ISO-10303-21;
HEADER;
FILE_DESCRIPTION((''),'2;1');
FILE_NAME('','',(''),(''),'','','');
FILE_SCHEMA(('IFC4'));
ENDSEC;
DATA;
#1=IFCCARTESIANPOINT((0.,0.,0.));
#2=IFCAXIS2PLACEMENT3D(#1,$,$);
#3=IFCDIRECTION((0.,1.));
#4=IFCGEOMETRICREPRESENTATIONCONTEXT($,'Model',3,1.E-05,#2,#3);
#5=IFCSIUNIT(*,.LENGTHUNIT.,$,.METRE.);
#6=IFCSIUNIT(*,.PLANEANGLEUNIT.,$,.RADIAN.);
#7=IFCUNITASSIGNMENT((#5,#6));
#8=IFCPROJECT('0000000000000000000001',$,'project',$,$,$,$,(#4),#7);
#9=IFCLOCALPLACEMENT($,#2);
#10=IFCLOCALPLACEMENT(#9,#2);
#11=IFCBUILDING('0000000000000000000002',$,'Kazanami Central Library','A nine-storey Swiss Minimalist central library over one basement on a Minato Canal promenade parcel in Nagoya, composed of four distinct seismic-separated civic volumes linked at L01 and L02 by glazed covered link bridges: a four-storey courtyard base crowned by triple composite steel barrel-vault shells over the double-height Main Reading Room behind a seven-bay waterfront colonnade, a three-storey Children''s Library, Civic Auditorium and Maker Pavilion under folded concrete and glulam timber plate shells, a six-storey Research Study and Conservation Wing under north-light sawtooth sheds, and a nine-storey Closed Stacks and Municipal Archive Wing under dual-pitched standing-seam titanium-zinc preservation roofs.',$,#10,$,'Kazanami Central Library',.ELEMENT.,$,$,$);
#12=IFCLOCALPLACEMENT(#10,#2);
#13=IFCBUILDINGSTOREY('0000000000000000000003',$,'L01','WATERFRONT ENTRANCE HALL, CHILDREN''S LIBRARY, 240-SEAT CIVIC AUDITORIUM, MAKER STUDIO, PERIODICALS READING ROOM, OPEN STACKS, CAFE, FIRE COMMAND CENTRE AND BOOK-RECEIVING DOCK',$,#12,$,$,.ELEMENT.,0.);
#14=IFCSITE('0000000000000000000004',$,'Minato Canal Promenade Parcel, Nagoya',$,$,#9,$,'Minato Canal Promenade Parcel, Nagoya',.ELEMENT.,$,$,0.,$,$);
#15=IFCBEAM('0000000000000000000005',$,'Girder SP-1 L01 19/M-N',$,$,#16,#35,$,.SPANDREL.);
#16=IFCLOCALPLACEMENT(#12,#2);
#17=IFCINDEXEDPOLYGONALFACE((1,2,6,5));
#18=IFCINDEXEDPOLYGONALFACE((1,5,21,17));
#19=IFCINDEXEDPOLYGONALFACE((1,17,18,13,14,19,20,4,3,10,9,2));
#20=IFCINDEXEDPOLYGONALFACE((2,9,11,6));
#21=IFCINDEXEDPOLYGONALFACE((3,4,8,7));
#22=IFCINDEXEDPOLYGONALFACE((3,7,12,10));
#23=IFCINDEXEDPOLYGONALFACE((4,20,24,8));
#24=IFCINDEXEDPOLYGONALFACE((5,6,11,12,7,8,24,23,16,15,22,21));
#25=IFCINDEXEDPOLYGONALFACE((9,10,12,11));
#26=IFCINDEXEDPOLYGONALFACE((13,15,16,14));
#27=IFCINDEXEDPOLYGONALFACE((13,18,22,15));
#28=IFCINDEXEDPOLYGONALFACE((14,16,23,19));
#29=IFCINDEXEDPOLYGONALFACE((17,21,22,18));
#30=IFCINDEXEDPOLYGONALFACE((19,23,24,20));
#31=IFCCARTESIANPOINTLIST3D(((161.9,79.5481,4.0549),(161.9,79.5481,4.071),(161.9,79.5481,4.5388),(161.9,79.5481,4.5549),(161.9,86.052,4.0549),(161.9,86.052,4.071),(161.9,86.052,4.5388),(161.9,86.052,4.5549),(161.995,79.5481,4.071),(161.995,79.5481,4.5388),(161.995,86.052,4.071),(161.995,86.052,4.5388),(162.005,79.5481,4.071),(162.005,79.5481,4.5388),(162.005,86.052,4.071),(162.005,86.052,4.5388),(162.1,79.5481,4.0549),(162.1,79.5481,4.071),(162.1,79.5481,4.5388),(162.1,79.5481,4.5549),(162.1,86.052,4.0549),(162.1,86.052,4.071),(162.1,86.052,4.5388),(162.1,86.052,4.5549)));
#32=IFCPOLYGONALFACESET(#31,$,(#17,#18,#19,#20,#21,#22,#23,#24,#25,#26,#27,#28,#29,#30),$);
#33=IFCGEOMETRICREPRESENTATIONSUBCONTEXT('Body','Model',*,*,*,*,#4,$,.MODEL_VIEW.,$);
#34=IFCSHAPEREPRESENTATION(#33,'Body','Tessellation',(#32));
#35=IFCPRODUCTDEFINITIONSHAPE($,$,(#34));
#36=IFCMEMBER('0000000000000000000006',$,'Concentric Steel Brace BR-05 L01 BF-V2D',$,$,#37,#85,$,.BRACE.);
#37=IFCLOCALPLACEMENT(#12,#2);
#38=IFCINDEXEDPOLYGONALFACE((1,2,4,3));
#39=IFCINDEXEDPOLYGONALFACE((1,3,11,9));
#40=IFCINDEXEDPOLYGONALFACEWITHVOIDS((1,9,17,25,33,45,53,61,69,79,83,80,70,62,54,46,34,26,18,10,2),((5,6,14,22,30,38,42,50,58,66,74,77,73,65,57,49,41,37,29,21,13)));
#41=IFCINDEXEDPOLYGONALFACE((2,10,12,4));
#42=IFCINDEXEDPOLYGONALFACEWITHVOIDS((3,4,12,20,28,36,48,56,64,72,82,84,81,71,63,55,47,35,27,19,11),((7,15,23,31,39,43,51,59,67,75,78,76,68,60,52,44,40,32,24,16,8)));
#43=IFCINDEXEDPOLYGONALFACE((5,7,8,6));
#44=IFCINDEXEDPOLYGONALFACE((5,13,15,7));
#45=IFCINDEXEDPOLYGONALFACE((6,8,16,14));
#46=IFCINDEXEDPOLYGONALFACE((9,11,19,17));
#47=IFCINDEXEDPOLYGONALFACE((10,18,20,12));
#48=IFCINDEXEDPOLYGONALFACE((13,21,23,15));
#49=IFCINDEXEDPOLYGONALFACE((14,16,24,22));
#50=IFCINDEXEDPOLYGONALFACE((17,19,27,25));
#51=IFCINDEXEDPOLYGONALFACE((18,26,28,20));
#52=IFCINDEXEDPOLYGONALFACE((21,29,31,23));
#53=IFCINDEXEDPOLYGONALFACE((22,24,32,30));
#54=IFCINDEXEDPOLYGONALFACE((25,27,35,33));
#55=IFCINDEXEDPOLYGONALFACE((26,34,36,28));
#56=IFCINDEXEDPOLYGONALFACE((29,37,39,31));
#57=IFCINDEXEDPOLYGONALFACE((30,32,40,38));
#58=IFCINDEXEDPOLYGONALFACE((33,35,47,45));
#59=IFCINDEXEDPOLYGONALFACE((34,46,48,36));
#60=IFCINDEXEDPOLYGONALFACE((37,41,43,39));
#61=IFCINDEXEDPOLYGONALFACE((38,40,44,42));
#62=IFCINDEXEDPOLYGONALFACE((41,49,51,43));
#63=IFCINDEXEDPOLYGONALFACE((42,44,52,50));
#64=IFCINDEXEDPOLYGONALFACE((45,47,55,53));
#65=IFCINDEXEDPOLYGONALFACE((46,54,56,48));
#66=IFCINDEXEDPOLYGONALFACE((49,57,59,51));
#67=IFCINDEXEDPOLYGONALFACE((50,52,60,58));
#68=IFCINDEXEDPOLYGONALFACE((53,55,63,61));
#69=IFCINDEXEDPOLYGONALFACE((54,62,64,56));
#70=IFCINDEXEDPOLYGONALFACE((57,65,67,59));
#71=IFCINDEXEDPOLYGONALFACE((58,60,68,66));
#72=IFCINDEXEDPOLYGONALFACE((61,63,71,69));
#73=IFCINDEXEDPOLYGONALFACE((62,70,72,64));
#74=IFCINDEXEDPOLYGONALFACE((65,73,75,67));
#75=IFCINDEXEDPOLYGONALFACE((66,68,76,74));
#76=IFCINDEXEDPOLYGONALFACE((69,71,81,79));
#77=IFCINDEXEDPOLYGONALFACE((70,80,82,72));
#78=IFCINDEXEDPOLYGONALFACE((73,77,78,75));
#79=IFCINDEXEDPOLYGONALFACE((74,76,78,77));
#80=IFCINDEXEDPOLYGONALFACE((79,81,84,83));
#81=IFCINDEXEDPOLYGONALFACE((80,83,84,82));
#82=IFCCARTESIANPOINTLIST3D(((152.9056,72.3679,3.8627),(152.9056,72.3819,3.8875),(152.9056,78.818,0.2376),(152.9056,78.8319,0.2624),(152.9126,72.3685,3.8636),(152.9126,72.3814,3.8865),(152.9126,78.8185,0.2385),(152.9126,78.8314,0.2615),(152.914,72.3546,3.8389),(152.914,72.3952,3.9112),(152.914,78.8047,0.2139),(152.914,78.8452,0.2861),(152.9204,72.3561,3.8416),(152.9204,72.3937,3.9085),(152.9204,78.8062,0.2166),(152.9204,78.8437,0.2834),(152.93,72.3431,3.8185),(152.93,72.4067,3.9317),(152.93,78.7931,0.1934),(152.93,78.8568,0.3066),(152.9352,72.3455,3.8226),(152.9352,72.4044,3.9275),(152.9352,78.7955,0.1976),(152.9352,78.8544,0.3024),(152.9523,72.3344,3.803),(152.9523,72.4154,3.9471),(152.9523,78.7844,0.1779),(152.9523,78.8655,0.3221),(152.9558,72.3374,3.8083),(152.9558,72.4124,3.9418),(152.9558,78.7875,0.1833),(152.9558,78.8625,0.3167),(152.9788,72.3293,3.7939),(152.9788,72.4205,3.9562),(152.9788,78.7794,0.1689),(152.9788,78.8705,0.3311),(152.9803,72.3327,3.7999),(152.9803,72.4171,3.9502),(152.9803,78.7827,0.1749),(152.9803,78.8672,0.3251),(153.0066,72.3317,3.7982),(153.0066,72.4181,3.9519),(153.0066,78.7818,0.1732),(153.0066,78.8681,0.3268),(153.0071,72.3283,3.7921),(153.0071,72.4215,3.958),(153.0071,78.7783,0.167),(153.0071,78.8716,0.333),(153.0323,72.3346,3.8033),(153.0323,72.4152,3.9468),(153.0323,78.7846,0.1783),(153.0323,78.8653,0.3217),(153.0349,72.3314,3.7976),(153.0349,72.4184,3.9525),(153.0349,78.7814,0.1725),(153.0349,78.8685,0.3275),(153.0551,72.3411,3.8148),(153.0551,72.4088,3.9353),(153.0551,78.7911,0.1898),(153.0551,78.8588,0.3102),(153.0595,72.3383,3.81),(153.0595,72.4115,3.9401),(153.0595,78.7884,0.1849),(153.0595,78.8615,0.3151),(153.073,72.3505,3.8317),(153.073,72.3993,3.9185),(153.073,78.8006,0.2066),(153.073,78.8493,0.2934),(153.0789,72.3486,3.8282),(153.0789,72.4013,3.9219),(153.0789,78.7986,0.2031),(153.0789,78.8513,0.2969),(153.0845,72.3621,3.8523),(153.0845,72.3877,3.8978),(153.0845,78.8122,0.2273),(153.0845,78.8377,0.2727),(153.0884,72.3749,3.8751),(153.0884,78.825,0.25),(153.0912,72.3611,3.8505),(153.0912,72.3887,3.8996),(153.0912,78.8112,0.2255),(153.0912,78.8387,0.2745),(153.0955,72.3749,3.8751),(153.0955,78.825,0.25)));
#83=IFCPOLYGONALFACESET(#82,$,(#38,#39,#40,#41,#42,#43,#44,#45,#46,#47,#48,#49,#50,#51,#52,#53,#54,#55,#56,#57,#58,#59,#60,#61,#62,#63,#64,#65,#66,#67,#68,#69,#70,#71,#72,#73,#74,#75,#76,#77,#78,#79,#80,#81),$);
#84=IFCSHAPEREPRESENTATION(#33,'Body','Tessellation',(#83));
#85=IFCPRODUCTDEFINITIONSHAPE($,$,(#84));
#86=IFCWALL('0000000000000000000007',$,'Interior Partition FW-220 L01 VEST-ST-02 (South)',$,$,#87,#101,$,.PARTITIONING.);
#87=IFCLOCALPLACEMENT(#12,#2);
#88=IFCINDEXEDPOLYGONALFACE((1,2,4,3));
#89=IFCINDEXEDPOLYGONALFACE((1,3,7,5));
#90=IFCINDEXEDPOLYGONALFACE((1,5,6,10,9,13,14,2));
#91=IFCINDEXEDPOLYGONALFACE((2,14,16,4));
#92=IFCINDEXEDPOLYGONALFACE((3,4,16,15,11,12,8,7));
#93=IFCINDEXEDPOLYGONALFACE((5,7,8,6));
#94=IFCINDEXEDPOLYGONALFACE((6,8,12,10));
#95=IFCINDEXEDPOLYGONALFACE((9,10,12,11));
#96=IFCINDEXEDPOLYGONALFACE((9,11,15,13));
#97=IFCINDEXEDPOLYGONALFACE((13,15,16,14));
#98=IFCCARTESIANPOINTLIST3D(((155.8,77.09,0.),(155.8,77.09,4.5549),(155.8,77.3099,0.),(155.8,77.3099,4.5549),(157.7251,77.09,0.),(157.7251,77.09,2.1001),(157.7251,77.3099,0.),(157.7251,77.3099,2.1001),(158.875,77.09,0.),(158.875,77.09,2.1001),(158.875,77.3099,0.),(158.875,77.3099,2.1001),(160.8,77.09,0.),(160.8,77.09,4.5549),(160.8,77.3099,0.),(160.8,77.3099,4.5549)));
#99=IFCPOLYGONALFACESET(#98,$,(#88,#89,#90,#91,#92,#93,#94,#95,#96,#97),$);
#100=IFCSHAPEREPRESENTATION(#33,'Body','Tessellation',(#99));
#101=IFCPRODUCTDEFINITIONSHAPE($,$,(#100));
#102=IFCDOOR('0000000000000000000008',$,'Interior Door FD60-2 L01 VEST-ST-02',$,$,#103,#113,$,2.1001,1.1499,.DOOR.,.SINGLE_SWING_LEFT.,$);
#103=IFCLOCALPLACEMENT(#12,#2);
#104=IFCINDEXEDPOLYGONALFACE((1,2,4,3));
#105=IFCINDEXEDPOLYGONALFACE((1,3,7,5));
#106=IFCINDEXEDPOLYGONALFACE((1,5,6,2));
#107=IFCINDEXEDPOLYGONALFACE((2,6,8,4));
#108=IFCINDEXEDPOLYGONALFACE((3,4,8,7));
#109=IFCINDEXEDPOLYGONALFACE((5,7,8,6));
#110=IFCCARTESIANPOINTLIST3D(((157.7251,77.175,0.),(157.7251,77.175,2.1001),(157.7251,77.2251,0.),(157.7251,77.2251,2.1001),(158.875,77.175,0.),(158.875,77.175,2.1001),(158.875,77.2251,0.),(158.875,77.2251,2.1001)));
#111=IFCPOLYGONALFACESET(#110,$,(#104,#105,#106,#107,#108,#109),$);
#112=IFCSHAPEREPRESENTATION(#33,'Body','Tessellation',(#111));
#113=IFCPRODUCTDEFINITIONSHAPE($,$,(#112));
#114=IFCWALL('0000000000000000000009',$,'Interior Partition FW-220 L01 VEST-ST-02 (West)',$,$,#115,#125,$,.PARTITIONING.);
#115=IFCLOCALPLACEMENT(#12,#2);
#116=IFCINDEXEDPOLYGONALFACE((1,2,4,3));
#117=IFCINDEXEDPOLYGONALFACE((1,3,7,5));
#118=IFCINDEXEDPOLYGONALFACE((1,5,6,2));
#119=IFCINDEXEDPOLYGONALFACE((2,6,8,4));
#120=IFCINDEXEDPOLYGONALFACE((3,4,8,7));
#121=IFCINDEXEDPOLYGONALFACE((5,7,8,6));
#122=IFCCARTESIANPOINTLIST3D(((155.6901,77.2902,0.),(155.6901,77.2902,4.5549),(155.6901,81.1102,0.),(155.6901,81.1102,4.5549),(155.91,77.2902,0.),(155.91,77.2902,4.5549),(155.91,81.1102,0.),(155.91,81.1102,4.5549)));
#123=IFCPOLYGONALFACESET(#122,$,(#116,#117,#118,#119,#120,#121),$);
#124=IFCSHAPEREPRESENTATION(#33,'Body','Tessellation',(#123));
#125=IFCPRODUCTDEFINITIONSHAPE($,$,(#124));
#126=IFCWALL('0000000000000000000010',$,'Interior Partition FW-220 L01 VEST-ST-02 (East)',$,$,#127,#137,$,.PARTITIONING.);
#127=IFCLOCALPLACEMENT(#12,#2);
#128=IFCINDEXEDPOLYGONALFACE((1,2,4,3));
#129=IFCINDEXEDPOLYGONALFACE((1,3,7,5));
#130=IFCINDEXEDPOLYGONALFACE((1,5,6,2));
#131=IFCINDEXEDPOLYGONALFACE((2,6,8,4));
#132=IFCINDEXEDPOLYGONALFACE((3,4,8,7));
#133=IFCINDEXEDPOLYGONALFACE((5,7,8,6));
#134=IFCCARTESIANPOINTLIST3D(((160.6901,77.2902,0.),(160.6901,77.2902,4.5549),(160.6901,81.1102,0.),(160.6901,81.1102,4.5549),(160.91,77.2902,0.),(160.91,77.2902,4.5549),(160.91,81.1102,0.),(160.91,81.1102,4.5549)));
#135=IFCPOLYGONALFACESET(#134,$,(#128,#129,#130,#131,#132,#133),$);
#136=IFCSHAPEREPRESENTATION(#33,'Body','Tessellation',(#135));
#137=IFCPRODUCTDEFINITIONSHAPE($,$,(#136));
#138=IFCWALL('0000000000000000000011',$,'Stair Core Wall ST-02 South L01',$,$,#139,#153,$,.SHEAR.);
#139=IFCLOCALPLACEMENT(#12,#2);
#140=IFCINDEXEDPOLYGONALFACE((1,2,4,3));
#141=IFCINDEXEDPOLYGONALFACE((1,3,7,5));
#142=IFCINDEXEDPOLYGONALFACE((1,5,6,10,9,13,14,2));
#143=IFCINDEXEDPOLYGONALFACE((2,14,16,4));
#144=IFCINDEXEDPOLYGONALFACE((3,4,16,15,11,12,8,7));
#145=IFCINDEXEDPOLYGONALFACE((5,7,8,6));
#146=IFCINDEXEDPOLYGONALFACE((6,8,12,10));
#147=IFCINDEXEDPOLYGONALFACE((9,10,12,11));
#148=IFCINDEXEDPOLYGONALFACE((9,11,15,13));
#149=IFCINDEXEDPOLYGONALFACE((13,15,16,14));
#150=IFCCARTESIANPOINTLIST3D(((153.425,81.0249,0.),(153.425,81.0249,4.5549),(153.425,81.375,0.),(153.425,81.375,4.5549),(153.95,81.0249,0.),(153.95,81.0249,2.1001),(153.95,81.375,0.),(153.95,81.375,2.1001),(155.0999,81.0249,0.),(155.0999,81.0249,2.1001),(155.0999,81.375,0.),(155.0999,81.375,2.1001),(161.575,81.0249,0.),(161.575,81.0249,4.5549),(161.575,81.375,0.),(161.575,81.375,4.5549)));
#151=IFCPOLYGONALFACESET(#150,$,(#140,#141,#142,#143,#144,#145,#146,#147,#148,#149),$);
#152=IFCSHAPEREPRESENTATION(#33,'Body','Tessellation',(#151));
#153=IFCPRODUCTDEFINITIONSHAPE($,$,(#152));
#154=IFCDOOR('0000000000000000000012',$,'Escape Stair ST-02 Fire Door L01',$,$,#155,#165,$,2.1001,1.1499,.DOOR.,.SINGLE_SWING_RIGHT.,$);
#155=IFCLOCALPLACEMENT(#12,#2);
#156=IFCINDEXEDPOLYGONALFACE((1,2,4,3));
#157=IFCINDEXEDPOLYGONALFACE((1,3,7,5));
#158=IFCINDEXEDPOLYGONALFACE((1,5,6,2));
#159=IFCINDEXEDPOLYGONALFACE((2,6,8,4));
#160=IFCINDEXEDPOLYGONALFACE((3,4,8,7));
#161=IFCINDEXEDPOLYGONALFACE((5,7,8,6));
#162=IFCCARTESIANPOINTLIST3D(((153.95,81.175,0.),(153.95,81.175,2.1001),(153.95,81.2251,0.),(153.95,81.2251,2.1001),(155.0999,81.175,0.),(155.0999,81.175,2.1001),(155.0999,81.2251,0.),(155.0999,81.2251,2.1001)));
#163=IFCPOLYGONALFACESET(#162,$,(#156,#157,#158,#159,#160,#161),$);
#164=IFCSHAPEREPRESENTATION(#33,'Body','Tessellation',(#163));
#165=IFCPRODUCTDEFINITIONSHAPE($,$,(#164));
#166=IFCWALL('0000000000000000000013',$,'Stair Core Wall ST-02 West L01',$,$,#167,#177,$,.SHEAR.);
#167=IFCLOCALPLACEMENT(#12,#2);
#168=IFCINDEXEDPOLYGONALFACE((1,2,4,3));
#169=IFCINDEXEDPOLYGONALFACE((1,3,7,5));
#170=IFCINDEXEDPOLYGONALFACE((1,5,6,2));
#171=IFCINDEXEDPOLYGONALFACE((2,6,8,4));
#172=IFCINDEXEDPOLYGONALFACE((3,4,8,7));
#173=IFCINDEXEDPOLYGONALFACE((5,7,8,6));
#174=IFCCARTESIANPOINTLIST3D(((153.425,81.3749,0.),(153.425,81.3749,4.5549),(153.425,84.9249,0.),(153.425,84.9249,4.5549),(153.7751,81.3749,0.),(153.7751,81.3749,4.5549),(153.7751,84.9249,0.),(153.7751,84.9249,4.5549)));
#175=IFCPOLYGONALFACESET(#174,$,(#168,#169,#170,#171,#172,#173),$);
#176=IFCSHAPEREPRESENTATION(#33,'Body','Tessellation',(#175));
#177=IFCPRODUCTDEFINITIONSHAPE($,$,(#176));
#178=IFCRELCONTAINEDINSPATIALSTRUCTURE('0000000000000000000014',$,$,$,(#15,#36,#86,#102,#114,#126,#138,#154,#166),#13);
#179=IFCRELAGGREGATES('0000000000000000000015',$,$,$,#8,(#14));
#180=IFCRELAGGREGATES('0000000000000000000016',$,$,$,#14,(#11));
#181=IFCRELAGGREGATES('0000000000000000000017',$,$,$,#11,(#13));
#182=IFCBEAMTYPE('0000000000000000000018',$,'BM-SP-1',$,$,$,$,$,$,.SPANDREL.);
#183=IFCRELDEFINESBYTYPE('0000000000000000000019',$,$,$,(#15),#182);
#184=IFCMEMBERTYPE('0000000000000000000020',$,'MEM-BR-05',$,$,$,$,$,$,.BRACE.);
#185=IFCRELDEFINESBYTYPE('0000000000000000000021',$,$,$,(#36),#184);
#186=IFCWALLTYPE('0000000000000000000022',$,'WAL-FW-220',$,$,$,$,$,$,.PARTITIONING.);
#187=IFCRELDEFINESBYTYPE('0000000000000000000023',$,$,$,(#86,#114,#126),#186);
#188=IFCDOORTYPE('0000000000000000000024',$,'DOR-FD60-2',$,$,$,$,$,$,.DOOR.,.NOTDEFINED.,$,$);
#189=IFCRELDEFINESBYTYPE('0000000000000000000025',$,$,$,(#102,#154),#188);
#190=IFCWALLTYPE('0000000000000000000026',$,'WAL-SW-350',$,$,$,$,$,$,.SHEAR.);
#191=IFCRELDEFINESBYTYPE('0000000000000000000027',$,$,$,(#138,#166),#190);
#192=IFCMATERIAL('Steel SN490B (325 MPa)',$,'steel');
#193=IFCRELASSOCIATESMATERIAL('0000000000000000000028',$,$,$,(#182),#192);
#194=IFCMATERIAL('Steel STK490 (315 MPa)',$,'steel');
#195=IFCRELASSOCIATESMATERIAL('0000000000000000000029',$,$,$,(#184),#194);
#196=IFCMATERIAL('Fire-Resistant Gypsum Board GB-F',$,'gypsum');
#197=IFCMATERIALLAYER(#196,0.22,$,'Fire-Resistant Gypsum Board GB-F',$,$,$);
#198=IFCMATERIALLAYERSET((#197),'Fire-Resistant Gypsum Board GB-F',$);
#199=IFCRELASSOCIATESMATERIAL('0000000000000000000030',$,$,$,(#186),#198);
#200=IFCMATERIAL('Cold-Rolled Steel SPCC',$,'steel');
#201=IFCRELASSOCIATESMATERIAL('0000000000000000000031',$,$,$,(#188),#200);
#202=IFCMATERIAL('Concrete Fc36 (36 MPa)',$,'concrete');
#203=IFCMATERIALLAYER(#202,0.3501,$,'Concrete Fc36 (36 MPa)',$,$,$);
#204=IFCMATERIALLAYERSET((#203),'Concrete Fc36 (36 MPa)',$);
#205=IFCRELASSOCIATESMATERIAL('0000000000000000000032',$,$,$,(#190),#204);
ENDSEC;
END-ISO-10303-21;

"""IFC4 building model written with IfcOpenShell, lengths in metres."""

from ifc_helpers import new_model, si_unit, direction, frame, frame_2d, origin, origin_2d, place, context, subcontext, project, spatial, rectangle, hollow_circle, i_section, extrude, material, layer, layer_set, material_profile, profile_set, type_object, element, fill, save


model = new_model("IFC4")

# Units and contexts
model_context = context("Model", 3, precision=1e-05, world=origin(), true_north=direction((0.0, 1.0)))
body_context = subcontext(model_context, "Body", "Model", "MODEL_VIEW")
ifc_project = project(units=[si_unit("LENGTHUNIT", "METRE"), si_unit("PLANEANGLEUNIT", "RADIAN")], contexts=[model_context])

# Site, building, storey
site_placement = place(None, origin())
site = spatial("IfcSite", under=ifc_project, at=site_placement, Name="Minato Canal Promenade Parcel, Nagoya", LongName="Minato Canal Promenade Parcel, Nagoya", CompositionType="ELEMENT", RefElevation=0.0)
building_placement = place(site_placement, origin())
building = spatial("IfcBuilding", under=site, at=building_placement, Name="Kazanami Central Library", Description="A nine-storey Swiss Minimalist central library over one basement on a Minato Canal promenade parcel in Nagoya, composed of four distinct seismic-separated civic volumes linked at L01 and L02 by glazed covered link bridges: a four-storey courtyard base crowned by triple composite steel barrel-vault shells over the double-height Main Reading Room behind a seven-bay waterfront colonnade, a three-storey Children's Library, Civic Auditorium and Maker Pavilion under folded concrete and glulam timber plate shells, a six-storey Research Study and Conservation Wing under north-light sawtooth sheds, and a nine-storey Closed Stacks and Municipal Archive Wing under dual-pitched standing-seam titanium-zinc preservation roofs.", LongName="Kazanami Central Library", CompositionType="ELEMENT")
storey_placement = place(building_placement, origin())
storey = spatial("IfcBuildingStorey", under=building, at=storey_placement, Name="L01", Description="WATERFRONT ENTRANCE HALL, CHILDREN'S LIBRARY, 240-SEAT CIVIC AUDITORIUM, MAKER STUDIO, PERIODICALS READING ROOM, OPEN STACKS, CAFE, FIRE COMMAND CENTRE AND BOOK-RECEIVING DOCK", CompositionType="ELEMENT", Elevation=0.0)

# Beam
ifc_material_1 = material(Name="Steel SN490B (325 MPa)", Category="steel")
ifc_material_profile_1 = material_profile(ifc_material_1, i_section(OverallWidth=0.2, OverallDepth=0.5, WebThickness=0.01, FlangeThickness=0.0161, at=origin_2d()), Name="H-500x200x10x16")
ifc_profile_set_1 = profile_set([ifc_material_profile_1], Name="Steel SN490B (325 MPa)")
beam_type_1 = type_object("IfcBeamType", Name="BM-SP-1", PredefinedType="SPANDREL", material=ifc_profile_set_1)
beam_1_placement = place(storey_placement, frame((162.0, 79.5481, 4.3049), z_axis=(0.0, 1.0, 0.0), x_axis=(-1.0, 0.0, 0.0)))
element("IfcBeam", 1, at=beam_1_placement, inside=storey, type_object=beam_type_1, Name="Girder SP-1 L01 19/M-N", PredefinedType="SPANDREL", context=body_context, shape_type="SweptSolid", body=[
    extrude(i_section(OverallWidth=0.2, OverallDepth=0.5, WebThickness=0.01, FlangeThickness=0.0161, at=origin_2d()), origin(), (0.0, 0.0, 1.0), 6.5039),
])

# Member
ifc_material_2 = material(Name="Steel STK490 (315 MPa)", Category="steel")
ifc_material_profile_2 = material_profile(ifc_material_2, hollow_circle(Radius=0.0955, WallThickness=0.0071, at=origin_2d()), Name="CHS-190.7x7.0")
ifc_profile_set_2 = profile_set([ifc_material_profile_2], Name="Steel STK490 (315 MPa)")
member_type = type_object("IfcMemberType", Name="MEM-BR-05", PredefinedType="BRACE", material=ifc_profile_set_2)
member_placement = place(storey_placement, frame((153.0, 78.825, 0.25), z_axis=(0.0, -0.871754, 0.489943), x_axis=(1.0, 0.0, 0.0)))
element("IfcMember", 2, at=member_placement, inside=storey, type_object=member_type, Name="Concentric Steel Brace BR-05 L01 BF-V2D", PredefinedType="BRACE", context=body_context, shape_type="SweptSolid", body=[
    extrude(hollow_circle(Radius=0.0955, WallThickness=0.0071, at=origin_2d()), origin(), (0.0, 0.0, 1.0), 7.3989),
])

# Wall, opening, door
ifc_material_3 = material(Name="Concrete Fc36 (36 MPa)", Category="concrete")
ifc_material_4 = material(Name="Fire-Resistant Gypsum Board GB-F", Category="gypsum")
ifc_layer_1 = layer(ifc_material_4, 0.22, Name="Fire-Resistant Gypsum Board GB-F")
ifc_layer_set_1 = layer_set([ifc_layer_1], Name="Fire-Resistant Gypsum Board GB-F")
wall_type_1 = type_object("IfcWallType", Name="WAL-FW-220", PredefinedType="PARTITIONING", material=ifc_layer_set_1)
wall_1_placement = place(storey_placement, frame((155.8, 77.2, 0.0), z_axis=(0.0, 0.0, 1.0), x_axis=(1.0, 0.0, 0.0)))
wall_1 = element("IfcWall", 3, at=wall_1_placement, inside=storey, type_object=wall_type_1, Name="Interior Partition FW-220 L01 VEST-ST-02 (South)", PredefinedType="PARTITIONING", context=body_context, shape_type="SweptSolid", body=[
    extrude(rectangle(XDim=5.0, YDim=0.22, at=frame_2d((2.5, 0.0))), origin(), (0.0, 0.0, 1.0), 4.5549),
])
opening_1_placement = place(wall_1_placement, frame((1.925, 0.0, 0.0)))
opening_1 = element("IfcOpeningElement", 4, at=opening_1_placement, cuts=wall_1, PredefinedType="OPENING", context=body_context, shape_type="SweptSolid", body=[
    extrude(rectangle(XDim=1.1499, YDim=2.1001, at=frame_2d((0.575, 1.05))), frame((0.0, 0.1221, 0.0), z_axis=(0.0, -1.0, 0.0), x_axis=(1.0, 0.0, 0.0)), (0.0, 0.0, 1.0), 0.2439),
])
ifc_material_5 = material(Name="Cold-Rolled Steel SPCC", Category="steel")
door_type_1 = type_object("IfcDoorType", Name="DOR-FD60-2", OperationType="NOTDEFINED", PredefinedType="DOOR", material=ifc_material_5)
door_1_placement = place(opening_1_placement, frame((1.1499, 0.0, 0.0), z_axis=(0.0, 0.0, 1.0), x_axis=(-1.0, 0.0, 0.0)))
door_1 = element("IfcDoor", 5, at=door_1_placement, inside=storey, type_object=door_type_1, Name="Interior Door FD60-2 L01 VEST-ST-02", OperationType="SINGLE_SWING_LEFT", OverallHeight=2.1001, OverallWidth=1.1499, PredefinedType="DOOR", context=body_context, shape_type="SweptSolid", body=[
    extrude(rectangle(XDim=1.1499, YDim=2.1001, at=frame_2d((0.575, 1.05))), frame((0.0, 0.0249, 0.0), z_axis=(0.0, -1.0, 0.0), x_axis=(1.0, 0.0, 0.0)), (0.0, 0.0, 1.0), 0.05),
])
fill(opening_1, door_1)

# Walls
for number, where, z_axis, x_axis, name in (
    (6, (155.8, 77.29, 0.0), (0.0, 0.0, 1.0), (0.0, 1.0, 0.0), "Interior Partition FW-220 L01 VEST-ST-02 (West)"),
    (7, (160.8, 77.29, 0.0), (0.0, 0.0, 1.0), (0.0, 1.0, 0.0), "Interior Partition FW-220 L01 VEST-ST-02 (East)"),
):
    element("IfcWall", number, at=place(storey_placement, frame(where, z_axis=z_axis, x_axis=x_axis)), inside=storey, type_object=wall_type_1, Name=name, PredefinedType="PARTITIONING", context=body_context, shape_type="SweptSolid", body=[
        extrude(rectangle(XDim=3.8201, YDim=0.22, at=frame_2d((1.9102, 0.0))), origin(), (0.0, 0.0, 1.0), 4.5549),
    ])

# Wall, opening, door
ifc_layer_2 = layer(ifc_material_3, 0.3501, Name="Concrete Fc36 (36 MPa)")
ifc_layer_set_2 = layer_set([ifc_layer_2], Name="Concrete Fc36 (36 MPa)")
wall_type_2 = type_object("IfcWallType", Name="WAL-SW-350", PredefinedType="SHEAR", material=ifc_layer_set_2)
wall_2_placement = place(storey_placement, frame((153.425, 81.2, 0.0), z_axis=(0.0, 0.0, 1.0), x_axis=(1.0, 0.0, 0.0)))
wall_2 = element("IfcWall", 8, at=wall_2_placement, inside=storey, type_object=wall_type_2, Name="Stair Core Wall ST-02 South L01", PredefinedType="SHEAR", context=body_context, shape_type="SweptSolid", body=[
    extrude(rectangle(XDim=8.1499, YDim=0.3501, at=frame_2d((4.075, 0.0))), origin(), (0.0, 0.0, 1.0), 4.5549),
])
opening_2_placement = place(wall_2_placement, frame((0.5249, 0.0, 0.0)))
opening_2 = element("IfcOpeningElement", 9, at=opening_2_placement, cuts=wall_2, PredefinedType="OPENING", context=body_context, shape_type="SweptSolid", body=[
    extrude(rectangle(XDim=1.1499, YDim=2.1001, at=frame_2d((0.575, 1.05))), frame((0.0, 0.187, 0.0), z_axis=(0.0, -1.0, 0.0), x_axis=(1.0, 0.0, 0.0)), (0.0, 0.0, 1.0), 0.374),
])
door_2_placement = place(opening_2_placement, frame((1.1499, 0.0, 0.0), z_axis=(0.0, 0.0, 1.0), x_axis=(-1.0, 0.0, 0.0)))
door_2 = element("IfcDoor", 10, at=door_2_placement, inside=storey, type_object=door_type_1, Name="Escape Stair ST-02 Fire Door L01", OperationType="SINGLE_SWING_RIGHT", OverallHeight=2.1001, OverallWidth=1.1499, PredefinedType="DOOR", context=body_context, shape_type="SweptSolid", body=[
    extrude(rectangle(XDim=1.1499, YDim=2.1001, at=frame_2d((0.575, 1.05))), frame((0.0, 0.0249, 0.0), z_axis=(0.0, -1.0, 0.0), x_axis=(1.0, 0.0, 0.0)), (0.0, 0.0, 1.0), 0.05),
])
fill(opening_2, door_2)

# Wall
for number, where, z_axis, x_axis, name in (
    (11, (153.6001, 81.375, 0.0), (0.0, 0.0, 1.0), (0.0, 1.0, 0.0), "Stair Core Wall ST-02 West L01"),
):
    element("IfcWall", number, at=place(storey_placement, frame(where, z_axis=z_axis, x_axis=x_axis)), inside=storey, type_object=wall_type_2, Name=name, PredefinedType="SHEAR", context=body_context, shape_type="SweptSolid", body=[
        extrude(rectangle(XDim=3.55, YDim=0.3501, at=frame_2d((1.7749, 0.0))), origin(), (0.0, 0.0, 1.0), 4.5549),
    ])

save(model, "model.ifc")
